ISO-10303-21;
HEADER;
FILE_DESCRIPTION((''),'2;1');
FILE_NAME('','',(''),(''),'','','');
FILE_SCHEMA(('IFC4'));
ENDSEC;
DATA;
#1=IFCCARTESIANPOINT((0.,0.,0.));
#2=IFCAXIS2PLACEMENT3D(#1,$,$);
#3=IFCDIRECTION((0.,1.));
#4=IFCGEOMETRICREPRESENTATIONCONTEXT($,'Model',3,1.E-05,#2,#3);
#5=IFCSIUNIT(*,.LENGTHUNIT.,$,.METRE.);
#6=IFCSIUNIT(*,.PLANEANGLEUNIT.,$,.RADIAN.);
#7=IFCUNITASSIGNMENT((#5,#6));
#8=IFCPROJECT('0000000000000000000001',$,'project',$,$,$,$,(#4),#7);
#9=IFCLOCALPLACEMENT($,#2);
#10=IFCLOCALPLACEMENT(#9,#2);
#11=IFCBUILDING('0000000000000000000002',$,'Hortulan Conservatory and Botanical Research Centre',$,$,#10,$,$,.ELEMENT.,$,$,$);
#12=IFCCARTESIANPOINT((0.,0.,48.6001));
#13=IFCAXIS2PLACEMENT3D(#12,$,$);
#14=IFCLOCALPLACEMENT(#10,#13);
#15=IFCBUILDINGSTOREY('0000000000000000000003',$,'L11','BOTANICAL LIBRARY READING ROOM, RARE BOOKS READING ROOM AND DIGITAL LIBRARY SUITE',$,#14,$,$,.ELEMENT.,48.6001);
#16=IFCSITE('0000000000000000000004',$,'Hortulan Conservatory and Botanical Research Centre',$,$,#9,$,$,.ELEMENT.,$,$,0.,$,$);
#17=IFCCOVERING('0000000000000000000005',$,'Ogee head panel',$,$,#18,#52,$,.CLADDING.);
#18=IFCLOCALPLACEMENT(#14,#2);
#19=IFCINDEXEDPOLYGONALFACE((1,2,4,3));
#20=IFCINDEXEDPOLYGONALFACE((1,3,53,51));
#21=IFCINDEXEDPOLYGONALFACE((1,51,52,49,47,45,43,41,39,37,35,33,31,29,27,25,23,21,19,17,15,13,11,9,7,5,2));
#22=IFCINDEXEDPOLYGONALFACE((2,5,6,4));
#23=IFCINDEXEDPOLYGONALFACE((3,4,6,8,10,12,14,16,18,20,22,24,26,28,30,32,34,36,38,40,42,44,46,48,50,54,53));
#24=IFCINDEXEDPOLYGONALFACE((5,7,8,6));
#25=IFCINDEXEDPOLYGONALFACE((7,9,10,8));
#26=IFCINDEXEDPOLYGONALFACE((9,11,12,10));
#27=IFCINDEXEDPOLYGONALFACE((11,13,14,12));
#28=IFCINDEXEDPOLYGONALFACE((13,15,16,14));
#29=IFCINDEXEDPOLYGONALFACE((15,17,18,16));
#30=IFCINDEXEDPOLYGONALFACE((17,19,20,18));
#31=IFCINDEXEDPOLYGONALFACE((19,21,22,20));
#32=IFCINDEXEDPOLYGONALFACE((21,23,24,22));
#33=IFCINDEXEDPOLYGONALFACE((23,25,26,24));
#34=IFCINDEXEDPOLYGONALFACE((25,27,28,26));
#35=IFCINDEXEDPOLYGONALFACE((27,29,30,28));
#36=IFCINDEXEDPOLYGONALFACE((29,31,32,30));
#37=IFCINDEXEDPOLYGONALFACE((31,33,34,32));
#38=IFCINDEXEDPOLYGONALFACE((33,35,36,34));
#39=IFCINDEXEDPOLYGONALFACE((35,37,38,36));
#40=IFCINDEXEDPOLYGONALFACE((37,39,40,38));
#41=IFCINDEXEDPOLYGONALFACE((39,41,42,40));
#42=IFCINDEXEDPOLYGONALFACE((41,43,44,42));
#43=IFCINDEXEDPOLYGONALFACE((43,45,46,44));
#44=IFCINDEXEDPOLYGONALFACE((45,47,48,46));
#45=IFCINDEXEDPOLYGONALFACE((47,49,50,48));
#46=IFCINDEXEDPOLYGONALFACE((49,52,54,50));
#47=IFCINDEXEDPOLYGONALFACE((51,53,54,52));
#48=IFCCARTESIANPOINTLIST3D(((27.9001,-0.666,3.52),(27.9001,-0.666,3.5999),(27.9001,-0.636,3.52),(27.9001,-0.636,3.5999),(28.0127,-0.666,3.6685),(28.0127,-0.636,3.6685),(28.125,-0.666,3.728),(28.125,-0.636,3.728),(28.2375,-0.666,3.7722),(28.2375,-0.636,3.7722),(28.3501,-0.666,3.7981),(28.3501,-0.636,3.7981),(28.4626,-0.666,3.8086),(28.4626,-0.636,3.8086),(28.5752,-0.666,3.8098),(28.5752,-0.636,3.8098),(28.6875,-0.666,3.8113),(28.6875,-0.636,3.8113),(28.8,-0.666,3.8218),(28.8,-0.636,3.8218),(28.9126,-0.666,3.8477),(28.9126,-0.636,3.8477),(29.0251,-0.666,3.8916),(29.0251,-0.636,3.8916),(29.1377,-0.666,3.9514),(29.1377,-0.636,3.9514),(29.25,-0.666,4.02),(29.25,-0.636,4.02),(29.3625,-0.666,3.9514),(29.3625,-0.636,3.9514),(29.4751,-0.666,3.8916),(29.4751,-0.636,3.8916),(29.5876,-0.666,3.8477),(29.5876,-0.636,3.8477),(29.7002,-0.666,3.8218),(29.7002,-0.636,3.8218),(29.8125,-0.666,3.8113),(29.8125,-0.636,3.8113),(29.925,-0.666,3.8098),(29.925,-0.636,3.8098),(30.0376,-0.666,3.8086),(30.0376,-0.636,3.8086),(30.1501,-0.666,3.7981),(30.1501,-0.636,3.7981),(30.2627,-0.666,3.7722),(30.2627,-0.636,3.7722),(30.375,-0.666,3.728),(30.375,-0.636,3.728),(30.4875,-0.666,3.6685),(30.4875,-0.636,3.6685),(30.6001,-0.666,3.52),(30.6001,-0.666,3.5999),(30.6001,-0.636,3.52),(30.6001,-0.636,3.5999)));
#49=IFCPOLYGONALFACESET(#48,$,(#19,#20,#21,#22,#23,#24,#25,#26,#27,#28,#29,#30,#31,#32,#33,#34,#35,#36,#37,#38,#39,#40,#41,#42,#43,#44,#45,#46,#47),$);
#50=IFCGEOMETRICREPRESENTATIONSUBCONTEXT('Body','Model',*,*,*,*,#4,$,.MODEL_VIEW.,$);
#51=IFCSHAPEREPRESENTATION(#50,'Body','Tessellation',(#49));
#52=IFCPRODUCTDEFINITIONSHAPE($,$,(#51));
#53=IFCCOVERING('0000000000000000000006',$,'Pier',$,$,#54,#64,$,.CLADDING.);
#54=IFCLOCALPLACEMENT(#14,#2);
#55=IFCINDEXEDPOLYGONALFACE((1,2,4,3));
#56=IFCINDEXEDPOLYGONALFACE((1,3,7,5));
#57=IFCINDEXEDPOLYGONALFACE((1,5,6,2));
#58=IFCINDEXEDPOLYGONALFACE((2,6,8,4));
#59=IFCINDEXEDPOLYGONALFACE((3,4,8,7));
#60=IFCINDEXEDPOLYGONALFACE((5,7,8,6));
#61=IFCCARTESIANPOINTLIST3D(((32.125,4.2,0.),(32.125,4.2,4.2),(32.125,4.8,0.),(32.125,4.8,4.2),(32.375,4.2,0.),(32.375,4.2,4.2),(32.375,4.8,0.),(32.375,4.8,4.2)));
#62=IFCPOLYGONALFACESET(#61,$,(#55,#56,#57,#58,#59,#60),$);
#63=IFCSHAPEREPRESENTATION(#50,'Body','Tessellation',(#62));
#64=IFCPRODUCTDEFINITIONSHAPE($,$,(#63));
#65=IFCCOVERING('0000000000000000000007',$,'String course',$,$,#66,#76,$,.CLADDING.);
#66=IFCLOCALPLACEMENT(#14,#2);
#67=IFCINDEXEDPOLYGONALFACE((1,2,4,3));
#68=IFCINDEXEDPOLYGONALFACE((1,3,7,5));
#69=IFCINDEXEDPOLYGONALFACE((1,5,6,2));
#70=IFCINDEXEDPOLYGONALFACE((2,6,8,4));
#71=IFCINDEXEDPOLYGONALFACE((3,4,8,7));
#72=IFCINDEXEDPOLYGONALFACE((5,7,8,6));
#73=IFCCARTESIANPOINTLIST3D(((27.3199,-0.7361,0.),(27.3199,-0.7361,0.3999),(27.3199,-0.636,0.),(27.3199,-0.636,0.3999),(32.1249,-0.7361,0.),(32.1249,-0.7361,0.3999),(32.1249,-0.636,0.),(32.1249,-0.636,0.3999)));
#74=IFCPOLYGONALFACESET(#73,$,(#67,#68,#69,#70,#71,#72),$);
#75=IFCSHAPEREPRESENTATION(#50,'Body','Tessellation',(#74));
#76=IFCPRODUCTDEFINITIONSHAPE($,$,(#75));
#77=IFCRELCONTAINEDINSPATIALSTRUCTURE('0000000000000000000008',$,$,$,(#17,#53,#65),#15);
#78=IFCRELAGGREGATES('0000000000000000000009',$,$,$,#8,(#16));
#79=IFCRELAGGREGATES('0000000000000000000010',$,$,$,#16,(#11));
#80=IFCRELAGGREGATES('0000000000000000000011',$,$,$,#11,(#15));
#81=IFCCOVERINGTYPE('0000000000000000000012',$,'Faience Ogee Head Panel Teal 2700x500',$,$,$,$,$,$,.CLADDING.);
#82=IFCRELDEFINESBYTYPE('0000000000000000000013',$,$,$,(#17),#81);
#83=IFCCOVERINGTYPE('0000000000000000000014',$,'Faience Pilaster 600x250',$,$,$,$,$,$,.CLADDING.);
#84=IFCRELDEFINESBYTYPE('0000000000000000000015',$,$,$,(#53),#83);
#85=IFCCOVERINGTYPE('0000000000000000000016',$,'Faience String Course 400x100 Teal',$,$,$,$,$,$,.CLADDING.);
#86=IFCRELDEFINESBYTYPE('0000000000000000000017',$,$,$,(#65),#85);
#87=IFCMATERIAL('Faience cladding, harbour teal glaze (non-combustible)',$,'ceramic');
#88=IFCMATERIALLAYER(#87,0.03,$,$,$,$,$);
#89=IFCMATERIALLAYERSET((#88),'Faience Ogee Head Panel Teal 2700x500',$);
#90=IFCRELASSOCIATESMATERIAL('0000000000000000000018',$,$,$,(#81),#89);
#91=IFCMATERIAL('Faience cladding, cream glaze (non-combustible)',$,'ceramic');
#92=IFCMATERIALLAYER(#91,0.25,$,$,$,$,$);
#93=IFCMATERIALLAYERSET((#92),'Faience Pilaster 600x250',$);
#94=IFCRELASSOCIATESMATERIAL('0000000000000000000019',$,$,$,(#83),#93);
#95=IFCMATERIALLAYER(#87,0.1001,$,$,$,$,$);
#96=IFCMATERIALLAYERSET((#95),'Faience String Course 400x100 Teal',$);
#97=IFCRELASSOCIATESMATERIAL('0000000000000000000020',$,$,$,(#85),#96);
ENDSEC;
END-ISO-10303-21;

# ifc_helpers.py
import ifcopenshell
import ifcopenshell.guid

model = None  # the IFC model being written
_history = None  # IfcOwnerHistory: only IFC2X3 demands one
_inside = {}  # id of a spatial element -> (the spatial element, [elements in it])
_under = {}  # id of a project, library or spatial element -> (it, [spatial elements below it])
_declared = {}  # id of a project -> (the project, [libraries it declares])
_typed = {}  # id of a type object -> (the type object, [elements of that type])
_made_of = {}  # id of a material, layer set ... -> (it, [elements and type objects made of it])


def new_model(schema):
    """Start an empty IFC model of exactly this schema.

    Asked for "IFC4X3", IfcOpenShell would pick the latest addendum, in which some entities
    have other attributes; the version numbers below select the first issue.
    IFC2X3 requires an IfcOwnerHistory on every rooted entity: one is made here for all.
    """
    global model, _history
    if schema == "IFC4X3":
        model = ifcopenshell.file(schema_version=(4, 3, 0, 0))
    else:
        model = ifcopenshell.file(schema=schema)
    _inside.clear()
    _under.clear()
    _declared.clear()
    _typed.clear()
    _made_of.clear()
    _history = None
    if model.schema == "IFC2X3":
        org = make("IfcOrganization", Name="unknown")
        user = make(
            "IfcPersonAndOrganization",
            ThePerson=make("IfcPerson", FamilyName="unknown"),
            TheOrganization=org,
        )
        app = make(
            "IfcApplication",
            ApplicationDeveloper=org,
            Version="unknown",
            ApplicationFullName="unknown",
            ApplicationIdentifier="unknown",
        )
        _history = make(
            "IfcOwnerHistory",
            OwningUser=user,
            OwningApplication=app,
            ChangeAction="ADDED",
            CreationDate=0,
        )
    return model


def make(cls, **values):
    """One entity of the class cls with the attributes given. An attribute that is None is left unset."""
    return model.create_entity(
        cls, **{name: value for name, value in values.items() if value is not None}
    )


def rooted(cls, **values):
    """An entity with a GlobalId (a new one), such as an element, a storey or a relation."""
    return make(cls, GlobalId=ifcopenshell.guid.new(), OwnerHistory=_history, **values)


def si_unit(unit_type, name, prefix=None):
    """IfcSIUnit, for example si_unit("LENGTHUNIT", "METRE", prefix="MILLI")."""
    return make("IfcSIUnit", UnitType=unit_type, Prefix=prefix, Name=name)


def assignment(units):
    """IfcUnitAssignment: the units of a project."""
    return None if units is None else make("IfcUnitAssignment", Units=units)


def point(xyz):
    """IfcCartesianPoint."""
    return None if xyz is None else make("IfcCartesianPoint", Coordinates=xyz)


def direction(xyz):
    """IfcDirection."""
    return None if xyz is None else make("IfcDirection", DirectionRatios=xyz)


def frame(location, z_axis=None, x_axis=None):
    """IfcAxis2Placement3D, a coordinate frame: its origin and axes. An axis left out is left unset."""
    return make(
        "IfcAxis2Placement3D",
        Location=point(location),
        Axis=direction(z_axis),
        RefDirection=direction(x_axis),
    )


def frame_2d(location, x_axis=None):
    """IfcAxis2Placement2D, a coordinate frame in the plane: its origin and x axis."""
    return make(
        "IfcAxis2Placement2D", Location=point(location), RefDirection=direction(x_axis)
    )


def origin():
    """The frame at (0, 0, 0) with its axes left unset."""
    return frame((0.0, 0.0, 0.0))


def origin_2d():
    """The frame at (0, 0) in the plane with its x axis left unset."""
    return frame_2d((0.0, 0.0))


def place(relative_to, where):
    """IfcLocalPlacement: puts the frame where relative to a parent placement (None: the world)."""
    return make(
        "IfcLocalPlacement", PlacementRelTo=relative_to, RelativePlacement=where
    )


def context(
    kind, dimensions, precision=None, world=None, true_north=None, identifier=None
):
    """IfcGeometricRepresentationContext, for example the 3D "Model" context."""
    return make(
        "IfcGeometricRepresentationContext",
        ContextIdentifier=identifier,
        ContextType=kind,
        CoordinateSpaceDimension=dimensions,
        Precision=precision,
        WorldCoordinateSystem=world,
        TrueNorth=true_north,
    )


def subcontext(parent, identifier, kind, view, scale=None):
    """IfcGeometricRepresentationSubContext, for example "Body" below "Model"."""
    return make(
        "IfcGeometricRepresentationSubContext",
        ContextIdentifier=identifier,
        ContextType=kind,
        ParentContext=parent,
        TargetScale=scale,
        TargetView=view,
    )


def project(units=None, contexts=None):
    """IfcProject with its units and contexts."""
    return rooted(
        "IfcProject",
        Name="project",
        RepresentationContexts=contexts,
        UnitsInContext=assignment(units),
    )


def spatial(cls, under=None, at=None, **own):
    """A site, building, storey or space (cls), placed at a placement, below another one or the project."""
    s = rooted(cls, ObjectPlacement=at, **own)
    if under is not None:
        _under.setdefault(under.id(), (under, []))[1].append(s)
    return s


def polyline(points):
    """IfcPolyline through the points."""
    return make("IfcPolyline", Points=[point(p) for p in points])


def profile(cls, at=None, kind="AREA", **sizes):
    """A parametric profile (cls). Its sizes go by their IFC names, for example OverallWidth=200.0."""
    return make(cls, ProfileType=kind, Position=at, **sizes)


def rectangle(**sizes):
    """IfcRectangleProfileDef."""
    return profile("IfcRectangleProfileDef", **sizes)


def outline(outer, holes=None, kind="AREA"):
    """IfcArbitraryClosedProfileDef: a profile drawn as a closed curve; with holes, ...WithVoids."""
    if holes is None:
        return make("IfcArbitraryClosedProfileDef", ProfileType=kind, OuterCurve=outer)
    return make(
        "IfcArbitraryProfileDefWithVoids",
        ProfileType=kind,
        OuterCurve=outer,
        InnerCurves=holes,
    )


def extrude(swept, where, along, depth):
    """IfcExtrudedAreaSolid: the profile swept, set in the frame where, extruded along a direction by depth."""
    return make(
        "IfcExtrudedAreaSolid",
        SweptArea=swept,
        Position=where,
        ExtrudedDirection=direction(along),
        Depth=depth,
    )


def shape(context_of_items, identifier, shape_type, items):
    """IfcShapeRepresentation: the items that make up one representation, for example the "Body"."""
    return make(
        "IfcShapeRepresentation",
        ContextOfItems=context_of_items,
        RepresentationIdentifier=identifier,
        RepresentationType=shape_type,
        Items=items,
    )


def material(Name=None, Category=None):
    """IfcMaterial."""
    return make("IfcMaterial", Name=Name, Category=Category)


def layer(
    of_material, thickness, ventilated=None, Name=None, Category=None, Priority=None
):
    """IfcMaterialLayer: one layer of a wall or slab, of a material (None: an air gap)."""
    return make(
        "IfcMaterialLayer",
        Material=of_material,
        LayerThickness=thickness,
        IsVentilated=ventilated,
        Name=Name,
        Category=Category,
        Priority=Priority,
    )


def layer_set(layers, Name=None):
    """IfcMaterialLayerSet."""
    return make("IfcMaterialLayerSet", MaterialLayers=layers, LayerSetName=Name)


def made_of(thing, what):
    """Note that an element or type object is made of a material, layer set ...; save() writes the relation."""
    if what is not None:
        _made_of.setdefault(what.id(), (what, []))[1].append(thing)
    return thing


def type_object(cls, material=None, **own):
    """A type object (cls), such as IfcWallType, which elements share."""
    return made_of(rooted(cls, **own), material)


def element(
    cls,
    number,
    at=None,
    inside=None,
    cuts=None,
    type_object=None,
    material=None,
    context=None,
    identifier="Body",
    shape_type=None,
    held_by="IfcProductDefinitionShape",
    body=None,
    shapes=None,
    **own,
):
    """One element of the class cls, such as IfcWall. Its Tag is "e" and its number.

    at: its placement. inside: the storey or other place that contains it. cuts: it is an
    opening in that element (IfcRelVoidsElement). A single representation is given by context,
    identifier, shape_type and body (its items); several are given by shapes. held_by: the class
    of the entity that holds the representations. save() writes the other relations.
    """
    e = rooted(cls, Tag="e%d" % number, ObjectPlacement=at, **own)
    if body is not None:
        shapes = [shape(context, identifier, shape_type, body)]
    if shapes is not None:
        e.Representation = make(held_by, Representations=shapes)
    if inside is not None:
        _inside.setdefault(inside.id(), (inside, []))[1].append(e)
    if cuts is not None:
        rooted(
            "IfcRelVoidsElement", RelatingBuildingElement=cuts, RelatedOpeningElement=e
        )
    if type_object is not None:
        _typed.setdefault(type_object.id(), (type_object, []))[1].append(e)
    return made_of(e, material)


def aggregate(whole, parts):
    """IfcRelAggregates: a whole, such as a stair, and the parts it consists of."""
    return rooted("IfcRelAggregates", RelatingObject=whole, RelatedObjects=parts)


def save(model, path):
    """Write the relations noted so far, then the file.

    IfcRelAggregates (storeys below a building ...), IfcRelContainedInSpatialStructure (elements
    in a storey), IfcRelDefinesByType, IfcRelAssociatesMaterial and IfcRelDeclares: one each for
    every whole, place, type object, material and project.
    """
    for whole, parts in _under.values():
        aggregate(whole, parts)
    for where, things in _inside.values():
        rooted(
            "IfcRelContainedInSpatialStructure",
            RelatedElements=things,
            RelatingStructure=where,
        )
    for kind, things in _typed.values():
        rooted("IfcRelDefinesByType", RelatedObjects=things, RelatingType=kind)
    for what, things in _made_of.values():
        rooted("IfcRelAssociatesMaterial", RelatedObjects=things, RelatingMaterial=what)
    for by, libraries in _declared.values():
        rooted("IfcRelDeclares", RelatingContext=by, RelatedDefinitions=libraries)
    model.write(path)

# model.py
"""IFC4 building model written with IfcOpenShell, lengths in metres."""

from ifc_helpers import new_model, si_unit, direction, frame, origin, origin_2d, place, context, subcontext, project, spatial, polyline, rectangle, outline, extrude, material, layer, layer_set, type_object, element, save


model = new_model("IFC4")

# Units and contexts
model_context = context("Model", 3, precision=1e-05, world=origin(), true_north=direction((0.0, 1.0)))
body_context = subcontext(model_context, "Body", "Model", "MODEL_VIEW")
ifc_project = project(units=[si_unit("LENGTHUNIT", "METRE"), si_unit("PLANEANGLEUNIT", "RADIAN")], contexts=[model_context])

# Site, building, storey
site_placement = place(None, origin())
site = spatial("IfcSite", under=ifc_project, at=site_placement, Name="Hortulan Conservatory and Botanical Research Centre", CompositionType="ELEMENT", RefElevation=0.0)
building_placement = place(site_placement, origin())
building = spatial("IfcBuilding", under=site, at=building_placement, Name="Hortulan Conservatory and Botanical Research Centre", CompositionType="ELEMENT")
storey_placement = place(building_placement, frame((0.0, 0.0, 48.6001)))
storey = spatial("IfcBuildingStorey", under=building, at=storey_placement, Name="L11", Description="BOTANICAL LIBRARY READING ROOM, RARE BOOKS READING ROOM AND DIGITAL LIBRARY SUITE", CompositionType="ELEMENT", Elevation=48.6001)

# Coverings
ifc_material_1 = material(Name="Faience cladding, harbour teal glaze (non-combustible)", Category="ceramic")
ifc_layer_1 = layer(ifc_material_1, 0.03)
ifc_layer_set_1 = layer_set([ifc_layer_1], Name="Faience Ogee Head Panel Teal 2700x500")
covering_type_1 = type_object("IfcCoveringType", Name="Faience Ogee Head Panel Teal 2700x500", PredefinedType="CLADDING", material=ifc_layer_set_1)
covering_1_placement = place(storey_placement, frame((30.6001, -0.6509, 3.52), z_axis=(0.0, 0.0, 1.0), x_axis=(-1.0, 0.0, 0.0)))
element("IfcCovering", 1, at=covering_1_placement, inside=storey, type_object=covering_type_1, Name="Ogee head panel", PredefinedType="CLADDING", context=body_context, shape_type="SweptSolid", body=[
    extrude(outline(polyline([(0.0, 0.0), (2.7, 0.0), (2.7, 0.0798), (2.5874, 0.1484), (2.4751, 0.208), (2.3625, 0.2522), (2.25, 0.2781), (2.1375, 0.2886), (2.0249, 0.2898), (1.9126, 0.2913), (1.8, 0.3018), (1.6875, 0.3276), (1.575, 0.3716), (1.4624, 0.4314), (1.3501, 0.5), (1.2375, 0.4314), (1.125, 0.3716), (1.0125, 0.3276), (0.8999, 0.3018), (0.7876, 0.2913), (0.675, 0.2898), (0.5625, 0.2886), (0.45, 0.2781), (0.3374, 0.2522), (0.2251, 0.208), (0.1125, 0.1484), (0.0, 0.0798), (0.0, 0.0)])), frame((0.0, 0.0151, 0.0), z_axis=(0.0, -1.0, 0.0), x_axis=(1.0, 0.0, 0.0)), (0.0, 0.0, 1.0), 0.03),
])
ifc_material_2 = material(Name="Faience cladding, cream glaze (non-combustible)", Category="ceramic")
ifc_layer_2 = layer(ifc_material_2, 0.25)
ifc_layer_set_2 = layer_set([ifc_layer_2], Name="Faience Pilaster 600x250")
covering_type_2 = type_object("IfcCoveringType", Name="Faience Pilaster 600x250", PredefinedType="CLADDING", material=ifc_layer_set_2)
covering_2_placement = place(storey_placement, frame((32.25, 4.5, 0.0), z_axis=(0.0, 0.0, 1.0), x_axis=(0.0, 1.0, 0.0)))
element("IfcCovering", 2, at=covering_2_placement, inside=storey, type_object=covering_type_2, Name="Pier", PredefinedType="CLADDING", context=body_context, shape_type="SweptSolid", body=[
    extrude(rectangle(XDim=0.6001, YDim=0.25, at=origin_2d()), origin(), (0.0, 0.0, 1.0), 4.2),
])
ifc_layer_3 = layer(ifc_material_1, 0.1001)
ifc_layer_set_3 = layer_set([ifc_layer_3], Name="Faience String Course 400x100 Teal")
covering_type_3 = type_object("IfcCoveringType", Name="Faience String Course 400x100 Teal", PredefinedType="CLADDING", material=ifc_layer_set_3)
covering_3_placement = place(storey_placement, frame((29.7224, -0.686, 0.0), z_axis=(0.0, 0.0, 1.0), x_axis=(-1.0, 0.0, 0.0)))
element("IfcCovering", 3, at=covering_3_placement, inside=storey, type_object=covering_type_3, Name="String course", PredefinedType="CLADDING", context=body_context, shape_type="SweptSolid", body=[
    extrude(rectangle(XDim=4.8049, YDim=0.1001, at=origin_2d()), origin(), (0.0, 0.0, 1.0), 0.3999),
])

save(model, "model.ifc")
